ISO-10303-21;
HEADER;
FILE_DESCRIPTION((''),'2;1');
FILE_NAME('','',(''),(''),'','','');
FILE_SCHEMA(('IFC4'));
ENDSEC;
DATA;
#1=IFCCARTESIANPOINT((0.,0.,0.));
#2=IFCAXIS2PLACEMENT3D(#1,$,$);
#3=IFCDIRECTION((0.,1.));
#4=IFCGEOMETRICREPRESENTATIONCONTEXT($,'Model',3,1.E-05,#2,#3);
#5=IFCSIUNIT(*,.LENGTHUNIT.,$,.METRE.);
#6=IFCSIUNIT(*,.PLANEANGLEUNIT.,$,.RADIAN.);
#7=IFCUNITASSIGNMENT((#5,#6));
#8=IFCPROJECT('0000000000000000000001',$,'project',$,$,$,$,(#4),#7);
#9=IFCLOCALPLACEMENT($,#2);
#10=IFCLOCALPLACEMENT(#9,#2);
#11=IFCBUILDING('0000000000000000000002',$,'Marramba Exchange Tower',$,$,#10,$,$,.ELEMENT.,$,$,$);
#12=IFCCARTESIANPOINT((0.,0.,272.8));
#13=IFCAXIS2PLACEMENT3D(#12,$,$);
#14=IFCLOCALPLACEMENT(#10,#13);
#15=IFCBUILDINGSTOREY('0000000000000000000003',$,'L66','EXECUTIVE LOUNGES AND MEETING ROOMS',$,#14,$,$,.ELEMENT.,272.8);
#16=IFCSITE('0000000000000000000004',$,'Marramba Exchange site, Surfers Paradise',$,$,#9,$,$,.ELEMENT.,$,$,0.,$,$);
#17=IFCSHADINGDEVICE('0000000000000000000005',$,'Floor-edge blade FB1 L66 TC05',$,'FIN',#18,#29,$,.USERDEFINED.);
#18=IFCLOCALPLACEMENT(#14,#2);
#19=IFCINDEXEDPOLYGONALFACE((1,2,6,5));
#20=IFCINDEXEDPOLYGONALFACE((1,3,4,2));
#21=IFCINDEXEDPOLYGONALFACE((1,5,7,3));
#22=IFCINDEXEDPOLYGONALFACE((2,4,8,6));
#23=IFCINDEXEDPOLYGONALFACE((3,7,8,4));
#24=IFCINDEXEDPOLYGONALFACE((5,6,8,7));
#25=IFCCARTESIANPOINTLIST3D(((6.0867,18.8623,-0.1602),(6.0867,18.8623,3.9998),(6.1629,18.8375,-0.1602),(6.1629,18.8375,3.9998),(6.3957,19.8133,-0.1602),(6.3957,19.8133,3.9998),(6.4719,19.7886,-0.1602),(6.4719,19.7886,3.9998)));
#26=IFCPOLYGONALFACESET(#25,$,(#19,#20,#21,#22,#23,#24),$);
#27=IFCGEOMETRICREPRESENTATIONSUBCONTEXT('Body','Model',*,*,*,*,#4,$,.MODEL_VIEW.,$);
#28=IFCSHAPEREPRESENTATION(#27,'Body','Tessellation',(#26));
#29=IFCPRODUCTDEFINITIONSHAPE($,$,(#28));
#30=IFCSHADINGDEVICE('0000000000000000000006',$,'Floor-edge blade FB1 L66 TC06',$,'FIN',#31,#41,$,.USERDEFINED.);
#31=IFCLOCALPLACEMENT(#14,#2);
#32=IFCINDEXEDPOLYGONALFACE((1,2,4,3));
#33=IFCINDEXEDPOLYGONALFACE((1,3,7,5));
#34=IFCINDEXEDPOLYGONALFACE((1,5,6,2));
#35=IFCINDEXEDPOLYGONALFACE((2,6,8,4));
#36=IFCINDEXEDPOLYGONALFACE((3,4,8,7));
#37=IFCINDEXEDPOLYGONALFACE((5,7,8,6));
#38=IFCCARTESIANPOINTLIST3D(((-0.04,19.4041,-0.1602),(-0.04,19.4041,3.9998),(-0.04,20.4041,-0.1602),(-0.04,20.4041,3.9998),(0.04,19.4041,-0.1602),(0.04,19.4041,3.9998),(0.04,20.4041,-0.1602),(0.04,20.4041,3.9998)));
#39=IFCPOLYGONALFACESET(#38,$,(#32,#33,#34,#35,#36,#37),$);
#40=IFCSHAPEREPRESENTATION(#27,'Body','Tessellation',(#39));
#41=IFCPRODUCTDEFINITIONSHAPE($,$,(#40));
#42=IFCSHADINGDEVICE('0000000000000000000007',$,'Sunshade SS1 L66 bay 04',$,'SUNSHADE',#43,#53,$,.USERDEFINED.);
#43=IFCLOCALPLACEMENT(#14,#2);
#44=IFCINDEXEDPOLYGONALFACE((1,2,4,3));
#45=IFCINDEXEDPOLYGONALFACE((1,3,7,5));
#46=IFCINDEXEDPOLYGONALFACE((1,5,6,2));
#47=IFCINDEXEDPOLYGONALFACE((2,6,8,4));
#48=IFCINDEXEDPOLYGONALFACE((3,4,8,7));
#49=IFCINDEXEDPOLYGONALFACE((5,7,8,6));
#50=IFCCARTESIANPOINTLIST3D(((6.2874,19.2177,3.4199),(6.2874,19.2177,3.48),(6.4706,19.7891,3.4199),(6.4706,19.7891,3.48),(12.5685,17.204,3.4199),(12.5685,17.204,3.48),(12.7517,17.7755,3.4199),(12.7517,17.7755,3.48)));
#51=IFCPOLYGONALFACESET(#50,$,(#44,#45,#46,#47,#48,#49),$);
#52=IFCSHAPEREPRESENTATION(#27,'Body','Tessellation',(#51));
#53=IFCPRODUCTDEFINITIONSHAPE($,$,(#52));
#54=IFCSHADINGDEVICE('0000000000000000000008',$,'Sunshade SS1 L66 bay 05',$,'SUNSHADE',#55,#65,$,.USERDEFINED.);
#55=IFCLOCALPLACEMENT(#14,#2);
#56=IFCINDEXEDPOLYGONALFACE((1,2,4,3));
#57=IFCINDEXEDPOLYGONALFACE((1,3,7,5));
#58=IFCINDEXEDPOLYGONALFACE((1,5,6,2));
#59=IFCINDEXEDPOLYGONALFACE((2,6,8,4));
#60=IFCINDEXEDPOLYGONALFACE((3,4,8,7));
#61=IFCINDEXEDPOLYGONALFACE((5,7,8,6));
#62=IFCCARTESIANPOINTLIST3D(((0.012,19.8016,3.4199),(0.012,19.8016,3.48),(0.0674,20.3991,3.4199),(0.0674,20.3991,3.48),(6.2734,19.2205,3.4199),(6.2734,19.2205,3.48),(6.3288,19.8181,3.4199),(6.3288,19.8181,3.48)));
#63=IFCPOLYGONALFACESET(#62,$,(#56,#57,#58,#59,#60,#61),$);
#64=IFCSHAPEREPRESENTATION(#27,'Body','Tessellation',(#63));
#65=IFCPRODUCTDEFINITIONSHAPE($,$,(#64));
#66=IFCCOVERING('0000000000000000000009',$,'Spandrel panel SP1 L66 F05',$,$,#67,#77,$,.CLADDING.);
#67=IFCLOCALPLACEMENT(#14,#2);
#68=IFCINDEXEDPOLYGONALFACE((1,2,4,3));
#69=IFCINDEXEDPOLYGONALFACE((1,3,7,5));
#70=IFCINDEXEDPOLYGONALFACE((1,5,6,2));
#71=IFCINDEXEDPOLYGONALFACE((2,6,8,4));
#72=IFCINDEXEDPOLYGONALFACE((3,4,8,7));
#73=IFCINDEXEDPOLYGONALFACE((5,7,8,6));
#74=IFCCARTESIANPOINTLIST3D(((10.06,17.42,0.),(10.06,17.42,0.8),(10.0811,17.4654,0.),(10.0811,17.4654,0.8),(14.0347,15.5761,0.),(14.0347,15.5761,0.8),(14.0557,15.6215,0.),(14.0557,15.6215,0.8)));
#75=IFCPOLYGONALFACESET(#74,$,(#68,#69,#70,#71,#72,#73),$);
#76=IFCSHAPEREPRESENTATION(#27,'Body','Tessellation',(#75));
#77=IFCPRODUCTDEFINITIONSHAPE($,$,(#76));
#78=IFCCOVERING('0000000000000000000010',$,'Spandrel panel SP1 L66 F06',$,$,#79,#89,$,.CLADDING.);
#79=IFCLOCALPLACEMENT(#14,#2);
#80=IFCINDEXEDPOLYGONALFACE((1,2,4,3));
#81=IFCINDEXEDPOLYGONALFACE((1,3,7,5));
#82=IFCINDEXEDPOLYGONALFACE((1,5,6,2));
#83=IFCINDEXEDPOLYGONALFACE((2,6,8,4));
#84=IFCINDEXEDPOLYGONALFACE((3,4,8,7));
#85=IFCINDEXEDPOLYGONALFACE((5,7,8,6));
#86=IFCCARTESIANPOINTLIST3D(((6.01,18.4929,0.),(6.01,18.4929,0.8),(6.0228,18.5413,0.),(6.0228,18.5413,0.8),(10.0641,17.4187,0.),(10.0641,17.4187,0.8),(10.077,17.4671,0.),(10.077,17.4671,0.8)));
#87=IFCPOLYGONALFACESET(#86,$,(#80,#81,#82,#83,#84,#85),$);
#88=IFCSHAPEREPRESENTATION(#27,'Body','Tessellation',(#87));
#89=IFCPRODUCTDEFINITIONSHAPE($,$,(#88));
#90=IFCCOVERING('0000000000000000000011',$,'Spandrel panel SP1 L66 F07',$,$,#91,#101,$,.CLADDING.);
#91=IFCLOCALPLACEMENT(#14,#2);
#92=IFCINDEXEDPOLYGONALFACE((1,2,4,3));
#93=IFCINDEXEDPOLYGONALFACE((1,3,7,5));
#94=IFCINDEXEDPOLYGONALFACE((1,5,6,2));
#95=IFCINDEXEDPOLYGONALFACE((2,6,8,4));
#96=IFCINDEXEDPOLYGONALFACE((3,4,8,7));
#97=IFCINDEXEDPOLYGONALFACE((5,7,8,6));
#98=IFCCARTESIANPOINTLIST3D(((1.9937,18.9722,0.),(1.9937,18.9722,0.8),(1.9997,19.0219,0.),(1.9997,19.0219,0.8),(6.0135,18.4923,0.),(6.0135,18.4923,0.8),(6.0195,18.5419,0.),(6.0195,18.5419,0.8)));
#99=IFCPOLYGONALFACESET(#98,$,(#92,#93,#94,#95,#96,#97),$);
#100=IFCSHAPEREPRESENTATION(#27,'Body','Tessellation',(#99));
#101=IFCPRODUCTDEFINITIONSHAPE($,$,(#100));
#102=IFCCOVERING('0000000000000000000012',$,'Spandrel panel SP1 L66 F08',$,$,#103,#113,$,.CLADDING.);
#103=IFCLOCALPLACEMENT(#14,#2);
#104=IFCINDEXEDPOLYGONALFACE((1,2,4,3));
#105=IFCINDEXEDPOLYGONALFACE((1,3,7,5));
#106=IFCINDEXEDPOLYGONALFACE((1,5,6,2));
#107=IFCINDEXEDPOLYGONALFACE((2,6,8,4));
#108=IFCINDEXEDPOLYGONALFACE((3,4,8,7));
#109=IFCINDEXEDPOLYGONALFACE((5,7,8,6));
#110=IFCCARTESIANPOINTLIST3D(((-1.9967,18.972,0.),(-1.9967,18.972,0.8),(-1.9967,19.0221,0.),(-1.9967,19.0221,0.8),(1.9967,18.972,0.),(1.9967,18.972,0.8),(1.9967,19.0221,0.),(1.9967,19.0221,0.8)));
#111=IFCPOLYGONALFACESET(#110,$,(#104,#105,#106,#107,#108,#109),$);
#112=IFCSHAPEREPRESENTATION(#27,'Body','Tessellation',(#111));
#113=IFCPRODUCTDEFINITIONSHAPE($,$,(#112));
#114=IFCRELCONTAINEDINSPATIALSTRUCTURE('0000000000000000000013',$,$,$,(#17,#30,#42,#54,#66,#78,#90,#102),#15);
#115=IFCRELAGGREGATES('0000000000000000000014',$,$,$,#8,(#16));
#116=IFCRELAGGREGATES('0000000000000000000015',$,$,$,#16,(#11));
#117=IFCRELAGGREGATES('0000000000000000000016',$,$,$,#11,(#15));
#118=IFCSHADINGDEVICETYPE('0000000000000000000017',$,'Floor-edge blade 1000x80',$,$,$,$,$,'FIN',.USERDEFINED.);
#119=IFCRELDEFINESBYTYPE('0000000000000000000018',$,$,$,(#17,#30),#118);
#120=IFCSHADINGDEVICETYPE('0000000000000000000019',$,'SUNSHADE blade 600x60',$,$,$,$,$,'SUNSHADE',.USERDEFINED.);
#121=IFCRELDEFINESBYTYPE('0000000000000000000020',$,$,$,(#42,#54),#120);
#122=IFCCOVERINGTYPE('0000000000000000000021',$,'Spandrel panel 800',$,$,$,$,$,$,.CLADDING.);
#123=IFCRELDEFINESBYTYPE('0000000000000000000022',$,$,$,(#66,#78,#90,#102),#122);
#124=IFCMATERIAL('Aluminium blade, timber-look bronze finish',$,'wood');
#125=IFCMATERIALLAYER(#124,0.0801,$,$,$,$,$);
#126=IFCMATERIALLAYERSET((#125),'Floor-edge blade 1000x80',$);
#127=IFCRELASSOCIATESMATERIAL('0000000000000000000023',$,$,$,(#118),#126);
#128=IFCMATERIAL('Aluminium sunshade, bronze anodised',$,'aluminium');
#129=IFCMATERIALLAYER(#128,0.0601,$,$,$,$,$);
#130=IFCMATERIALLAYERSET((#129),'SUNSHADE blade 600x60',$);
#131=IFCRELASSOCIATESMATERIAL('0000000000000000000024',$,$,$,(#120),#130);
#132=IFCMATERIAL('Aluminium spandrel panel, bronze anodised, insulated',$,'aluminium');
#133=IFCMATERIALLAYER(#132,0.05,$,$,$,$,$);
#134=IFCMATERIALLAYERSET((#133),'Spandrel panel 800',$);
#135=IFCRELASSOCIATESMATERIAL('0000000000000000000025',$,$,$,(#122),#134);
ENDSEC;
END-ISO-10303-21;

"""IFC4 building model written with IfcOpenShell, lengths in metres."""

from ifc_helpers import new_model, si_unit, direction, frame, origin, origin_2d, place, context, subcontext, project, spatial, rectangle, extrude, material, layer, layer_set, type_object, element, save


model = new_model("IFC4")

# Units and contexts
model_context = context("Model", 3, precision=1e-05, world=origin(), true_north=direction((0.0, 1.0)))
body_context = subcontext(model_context, "Body", "Model", "MODEL_VIEW")
ifc_project = project(units=[si_unit("LENGTHUNIT", "METRE"), si_unit("PLANEANGLEUNIT", "RADIAN")], contexts=[model_context])

# Site, building, storey
site_placement = place(None, origin())
site = spatial("IfcSite", under=ifc_project, at=site_placement, Name="Marramba Exchange site, Surfers Paradise", CompositionType="ELEMENT", RefElevation=0.0)
building_placement = place(site_placement, origin())
building = spatial("IfcBuilding", under=site, at=building_placement, Name="Marramba Exchange Tower", CompositionType="ELEMENT")
storey_placement = place(building_placement, frame((0.0, 0.0, 272.8)))
storey = spatial("IfcBuildingStorey", under=building, at=storey_placement, Name="L66", Description="EXECUTIVE LOUNGES AND MEETING ROOMS", CompositionType="ELEMENT", Elevation=272.8)

# Shading devices
ifc_material_1 = material(Name="Aluminium blade, timber-look bronze finish", Category="wood")
ifc_layer_1 = layer(ifc_material_1, 0.0801)
ifc_layer_set_1 = layer_set([ifc_layer_1], Name="Floor-edge blade 1000x80")
shading_device_type_1 = type_object("IfcShadingDeviceType", Name="Floor-edge blade 1000x80", ElementType="FIN", PredefinedType="USERDEFINED", material=ifc_layer_set_1)
for number, where, z_axis, x_axis, name in (
    (1, (6.2793, 19.3254, -0.1602), (0.0, 0.0, 1.0), (0.309017, 0.951057, 0.0), "Floor-edge blade FB1 L66 TC05"),
    (2, (0.0, 19.9041, -0.1602), (0.0, 0.0, 1.0), (0.0, 1.0, 0.0), "Floor-edge blade FB1 L66 TC06"),
):
    element("IfcShadingDevice", number, at=place(storey_placement, frame(where, z_axis=z_axis, x_axis=x_axis)), inside=storey, type_object=shading_device_type_1, Name=name, ObjectType="FIN", PredefinedType="USERDEFINED", context=body_context, shape_type="SweptSolid", body=[
        extrude(rectangle(XDim=1.0, YDim=0.0801, at=origin_2d()), origin(), (0.0, 0.0, 1.0), 4.1599),
    ])
ifc_material_2 = material(Name="Aluminium sunshade, bronze anodised", Category="aluminium")
ifc_layer_2 = layer(ifc_material_2, 0.0601)
ifc_layer_set_2 = layer_set([ifc_layer_2], Name="SUNSHADE blade 600x60")
shading_device_type_2 = type_object("IfcShadingDeviceType", Name="SUNSHADE blade 600x60", ElementType="SUNSHADE", PredefinedType="USERDEFINED", material=ifc_layer_set_2)
shading_device_1_placement = place(storey_placement, frame((9.5195, 18.4966, 3.4199), z_axis=(0.0, 0.0, 1.0), x_axis=(-0.95226, 0.305289, 0.0)))
element("IfcShadingDevice", 3, at=shading_device_1_placement, inside=storey, type_object=shading_device_type_2, Name="Sunshade SS1 L66 bay 04", ObjectType="SUNSHADE", PredefinedType="USERDEFINED", context=body_context, shape_type="SweptSolid", body=[
    extrude(rectangle(XDim=6.5959, YDim=0.6001, at=origin_2d()), origin(), (0.0, 0.0, 1.0), 0.0601),
])
shading_device_2_placement = place(storey_placement, frame((3.1704, 19.8098, 3.4199), z_axis=(0.0, 0.0, 1.0), x_axis=(-0.995722, 0.092397, 0.0)))
element("IfcShadingDevice", 4, at=shading_device_2_placement, inside=storey, type_object=shading_device_type_2, Name="Sunshade SS1 L66 bay 05", ObjectType="SUNSHADE", PredefinedType="USERDEFINED", context=body_context, shape_type="SweptSolid", body=[
    extrude(rectangle(XDim=6.2883, YDim=0.6001, at=origin_2d()), origin(), (0.0, 0.0, 1.0), 0.0601),
])

# Coverings
ifc_material_3 = material(Name="Aluminium spandrel panel, bronze anodised, insulated", Category="aluminium")
ifc_layer_3 = layer(ifc_material_3, 0.05)
ifc_layer_set_3 = layer_set([ifc_layer_3], Name="Spandrel panel 800")
covering_type_1 = type_object("IfcCoveringType", Name="Spandrel panel 800", PredefinedType="CLADDING", material=ifc_layer_set_3)
covering_1_placement = place(storey_placement, frame((12.0579, 16.5208, 0.0), z_axis=(0.0, 0.0, 1.0), x_axis=(-0.907131, 0.420849, 0.0)))
element("IfcCovering", 5, at=covering_1_placement, inside=storey, type_object=covering_type_1, Name="Spandrel panel SP1 L66 F05", PredefinedType="CLADDING", context=body_context, shape_type="SweptSolid", body=[
    extrude(rectangle(XDim=4.3816, YDim=0.05, at=origin_2d()), origin(), (0.0, 0.0, 1.0), 0.8),
])
covering_2_placement = place(storey_placement, frame((8.0435, 17.98, 0.0), z_axis=(0.0, 0.0, 1.0), x_axis=(-0.966644, 0.256126, 0.0)))
element("IfcCovering", 6, at=covering_2_placement, inside=storey, type_object=covering_type_1, Name="Spandrel panel SP1 L66 F06", PredefinedType="CLADDING", context=body_context, shape_type="SweptSolid", body=[
    extrude(rectangle(XDim=4.1941, YDim=0.05, at=origin_2d()), origin(), (0.0, 0.0, 1.0), 0.8),
])
covering_3_placement = place(storey_placement, frame((4.0066, 18.7571, 0.0), z_axis=(0.0, 0.0, 1.0), x_axis=(-0.992947, 0.118557, 0.0)))
element("IfcCovering", 7, at=covering_3_placement, inside=storey, type_object=covering_type_1, Name="Spandrel panel SP1 L66 F07", PredefinedType="CLADDING", context=body_context, shape_type="SweptSolid", body=[
    extrude(rectangle(XDim=4.0483, YDim=0.05, at=origin_2d()), origin(), (0.0, 0.0, 1.0), 0.8),
])
covering_4_placement = place(storey_placement, frame((0.0, 18.9971, 0.0), z_axis=(0.0, 0.0, 1.0), x_axis=(-1.0, 0.0, 0.0)))
element("IfcCovering", 8, at=covering_4_placement, inside=storey, type_object=covering_type_1, Name="Spandrel panel SP1 L66 F08", PredefinedType="CLADDING", context=body_context, shape_type="SweptSolid", body=[
    extrude(rectangle(XDim=3.9934, YDim=0.05, at=origin_2d()), origin(), (0.0, 0.0, 1.0), 0.8),
])

save(model, "model.ifc")
